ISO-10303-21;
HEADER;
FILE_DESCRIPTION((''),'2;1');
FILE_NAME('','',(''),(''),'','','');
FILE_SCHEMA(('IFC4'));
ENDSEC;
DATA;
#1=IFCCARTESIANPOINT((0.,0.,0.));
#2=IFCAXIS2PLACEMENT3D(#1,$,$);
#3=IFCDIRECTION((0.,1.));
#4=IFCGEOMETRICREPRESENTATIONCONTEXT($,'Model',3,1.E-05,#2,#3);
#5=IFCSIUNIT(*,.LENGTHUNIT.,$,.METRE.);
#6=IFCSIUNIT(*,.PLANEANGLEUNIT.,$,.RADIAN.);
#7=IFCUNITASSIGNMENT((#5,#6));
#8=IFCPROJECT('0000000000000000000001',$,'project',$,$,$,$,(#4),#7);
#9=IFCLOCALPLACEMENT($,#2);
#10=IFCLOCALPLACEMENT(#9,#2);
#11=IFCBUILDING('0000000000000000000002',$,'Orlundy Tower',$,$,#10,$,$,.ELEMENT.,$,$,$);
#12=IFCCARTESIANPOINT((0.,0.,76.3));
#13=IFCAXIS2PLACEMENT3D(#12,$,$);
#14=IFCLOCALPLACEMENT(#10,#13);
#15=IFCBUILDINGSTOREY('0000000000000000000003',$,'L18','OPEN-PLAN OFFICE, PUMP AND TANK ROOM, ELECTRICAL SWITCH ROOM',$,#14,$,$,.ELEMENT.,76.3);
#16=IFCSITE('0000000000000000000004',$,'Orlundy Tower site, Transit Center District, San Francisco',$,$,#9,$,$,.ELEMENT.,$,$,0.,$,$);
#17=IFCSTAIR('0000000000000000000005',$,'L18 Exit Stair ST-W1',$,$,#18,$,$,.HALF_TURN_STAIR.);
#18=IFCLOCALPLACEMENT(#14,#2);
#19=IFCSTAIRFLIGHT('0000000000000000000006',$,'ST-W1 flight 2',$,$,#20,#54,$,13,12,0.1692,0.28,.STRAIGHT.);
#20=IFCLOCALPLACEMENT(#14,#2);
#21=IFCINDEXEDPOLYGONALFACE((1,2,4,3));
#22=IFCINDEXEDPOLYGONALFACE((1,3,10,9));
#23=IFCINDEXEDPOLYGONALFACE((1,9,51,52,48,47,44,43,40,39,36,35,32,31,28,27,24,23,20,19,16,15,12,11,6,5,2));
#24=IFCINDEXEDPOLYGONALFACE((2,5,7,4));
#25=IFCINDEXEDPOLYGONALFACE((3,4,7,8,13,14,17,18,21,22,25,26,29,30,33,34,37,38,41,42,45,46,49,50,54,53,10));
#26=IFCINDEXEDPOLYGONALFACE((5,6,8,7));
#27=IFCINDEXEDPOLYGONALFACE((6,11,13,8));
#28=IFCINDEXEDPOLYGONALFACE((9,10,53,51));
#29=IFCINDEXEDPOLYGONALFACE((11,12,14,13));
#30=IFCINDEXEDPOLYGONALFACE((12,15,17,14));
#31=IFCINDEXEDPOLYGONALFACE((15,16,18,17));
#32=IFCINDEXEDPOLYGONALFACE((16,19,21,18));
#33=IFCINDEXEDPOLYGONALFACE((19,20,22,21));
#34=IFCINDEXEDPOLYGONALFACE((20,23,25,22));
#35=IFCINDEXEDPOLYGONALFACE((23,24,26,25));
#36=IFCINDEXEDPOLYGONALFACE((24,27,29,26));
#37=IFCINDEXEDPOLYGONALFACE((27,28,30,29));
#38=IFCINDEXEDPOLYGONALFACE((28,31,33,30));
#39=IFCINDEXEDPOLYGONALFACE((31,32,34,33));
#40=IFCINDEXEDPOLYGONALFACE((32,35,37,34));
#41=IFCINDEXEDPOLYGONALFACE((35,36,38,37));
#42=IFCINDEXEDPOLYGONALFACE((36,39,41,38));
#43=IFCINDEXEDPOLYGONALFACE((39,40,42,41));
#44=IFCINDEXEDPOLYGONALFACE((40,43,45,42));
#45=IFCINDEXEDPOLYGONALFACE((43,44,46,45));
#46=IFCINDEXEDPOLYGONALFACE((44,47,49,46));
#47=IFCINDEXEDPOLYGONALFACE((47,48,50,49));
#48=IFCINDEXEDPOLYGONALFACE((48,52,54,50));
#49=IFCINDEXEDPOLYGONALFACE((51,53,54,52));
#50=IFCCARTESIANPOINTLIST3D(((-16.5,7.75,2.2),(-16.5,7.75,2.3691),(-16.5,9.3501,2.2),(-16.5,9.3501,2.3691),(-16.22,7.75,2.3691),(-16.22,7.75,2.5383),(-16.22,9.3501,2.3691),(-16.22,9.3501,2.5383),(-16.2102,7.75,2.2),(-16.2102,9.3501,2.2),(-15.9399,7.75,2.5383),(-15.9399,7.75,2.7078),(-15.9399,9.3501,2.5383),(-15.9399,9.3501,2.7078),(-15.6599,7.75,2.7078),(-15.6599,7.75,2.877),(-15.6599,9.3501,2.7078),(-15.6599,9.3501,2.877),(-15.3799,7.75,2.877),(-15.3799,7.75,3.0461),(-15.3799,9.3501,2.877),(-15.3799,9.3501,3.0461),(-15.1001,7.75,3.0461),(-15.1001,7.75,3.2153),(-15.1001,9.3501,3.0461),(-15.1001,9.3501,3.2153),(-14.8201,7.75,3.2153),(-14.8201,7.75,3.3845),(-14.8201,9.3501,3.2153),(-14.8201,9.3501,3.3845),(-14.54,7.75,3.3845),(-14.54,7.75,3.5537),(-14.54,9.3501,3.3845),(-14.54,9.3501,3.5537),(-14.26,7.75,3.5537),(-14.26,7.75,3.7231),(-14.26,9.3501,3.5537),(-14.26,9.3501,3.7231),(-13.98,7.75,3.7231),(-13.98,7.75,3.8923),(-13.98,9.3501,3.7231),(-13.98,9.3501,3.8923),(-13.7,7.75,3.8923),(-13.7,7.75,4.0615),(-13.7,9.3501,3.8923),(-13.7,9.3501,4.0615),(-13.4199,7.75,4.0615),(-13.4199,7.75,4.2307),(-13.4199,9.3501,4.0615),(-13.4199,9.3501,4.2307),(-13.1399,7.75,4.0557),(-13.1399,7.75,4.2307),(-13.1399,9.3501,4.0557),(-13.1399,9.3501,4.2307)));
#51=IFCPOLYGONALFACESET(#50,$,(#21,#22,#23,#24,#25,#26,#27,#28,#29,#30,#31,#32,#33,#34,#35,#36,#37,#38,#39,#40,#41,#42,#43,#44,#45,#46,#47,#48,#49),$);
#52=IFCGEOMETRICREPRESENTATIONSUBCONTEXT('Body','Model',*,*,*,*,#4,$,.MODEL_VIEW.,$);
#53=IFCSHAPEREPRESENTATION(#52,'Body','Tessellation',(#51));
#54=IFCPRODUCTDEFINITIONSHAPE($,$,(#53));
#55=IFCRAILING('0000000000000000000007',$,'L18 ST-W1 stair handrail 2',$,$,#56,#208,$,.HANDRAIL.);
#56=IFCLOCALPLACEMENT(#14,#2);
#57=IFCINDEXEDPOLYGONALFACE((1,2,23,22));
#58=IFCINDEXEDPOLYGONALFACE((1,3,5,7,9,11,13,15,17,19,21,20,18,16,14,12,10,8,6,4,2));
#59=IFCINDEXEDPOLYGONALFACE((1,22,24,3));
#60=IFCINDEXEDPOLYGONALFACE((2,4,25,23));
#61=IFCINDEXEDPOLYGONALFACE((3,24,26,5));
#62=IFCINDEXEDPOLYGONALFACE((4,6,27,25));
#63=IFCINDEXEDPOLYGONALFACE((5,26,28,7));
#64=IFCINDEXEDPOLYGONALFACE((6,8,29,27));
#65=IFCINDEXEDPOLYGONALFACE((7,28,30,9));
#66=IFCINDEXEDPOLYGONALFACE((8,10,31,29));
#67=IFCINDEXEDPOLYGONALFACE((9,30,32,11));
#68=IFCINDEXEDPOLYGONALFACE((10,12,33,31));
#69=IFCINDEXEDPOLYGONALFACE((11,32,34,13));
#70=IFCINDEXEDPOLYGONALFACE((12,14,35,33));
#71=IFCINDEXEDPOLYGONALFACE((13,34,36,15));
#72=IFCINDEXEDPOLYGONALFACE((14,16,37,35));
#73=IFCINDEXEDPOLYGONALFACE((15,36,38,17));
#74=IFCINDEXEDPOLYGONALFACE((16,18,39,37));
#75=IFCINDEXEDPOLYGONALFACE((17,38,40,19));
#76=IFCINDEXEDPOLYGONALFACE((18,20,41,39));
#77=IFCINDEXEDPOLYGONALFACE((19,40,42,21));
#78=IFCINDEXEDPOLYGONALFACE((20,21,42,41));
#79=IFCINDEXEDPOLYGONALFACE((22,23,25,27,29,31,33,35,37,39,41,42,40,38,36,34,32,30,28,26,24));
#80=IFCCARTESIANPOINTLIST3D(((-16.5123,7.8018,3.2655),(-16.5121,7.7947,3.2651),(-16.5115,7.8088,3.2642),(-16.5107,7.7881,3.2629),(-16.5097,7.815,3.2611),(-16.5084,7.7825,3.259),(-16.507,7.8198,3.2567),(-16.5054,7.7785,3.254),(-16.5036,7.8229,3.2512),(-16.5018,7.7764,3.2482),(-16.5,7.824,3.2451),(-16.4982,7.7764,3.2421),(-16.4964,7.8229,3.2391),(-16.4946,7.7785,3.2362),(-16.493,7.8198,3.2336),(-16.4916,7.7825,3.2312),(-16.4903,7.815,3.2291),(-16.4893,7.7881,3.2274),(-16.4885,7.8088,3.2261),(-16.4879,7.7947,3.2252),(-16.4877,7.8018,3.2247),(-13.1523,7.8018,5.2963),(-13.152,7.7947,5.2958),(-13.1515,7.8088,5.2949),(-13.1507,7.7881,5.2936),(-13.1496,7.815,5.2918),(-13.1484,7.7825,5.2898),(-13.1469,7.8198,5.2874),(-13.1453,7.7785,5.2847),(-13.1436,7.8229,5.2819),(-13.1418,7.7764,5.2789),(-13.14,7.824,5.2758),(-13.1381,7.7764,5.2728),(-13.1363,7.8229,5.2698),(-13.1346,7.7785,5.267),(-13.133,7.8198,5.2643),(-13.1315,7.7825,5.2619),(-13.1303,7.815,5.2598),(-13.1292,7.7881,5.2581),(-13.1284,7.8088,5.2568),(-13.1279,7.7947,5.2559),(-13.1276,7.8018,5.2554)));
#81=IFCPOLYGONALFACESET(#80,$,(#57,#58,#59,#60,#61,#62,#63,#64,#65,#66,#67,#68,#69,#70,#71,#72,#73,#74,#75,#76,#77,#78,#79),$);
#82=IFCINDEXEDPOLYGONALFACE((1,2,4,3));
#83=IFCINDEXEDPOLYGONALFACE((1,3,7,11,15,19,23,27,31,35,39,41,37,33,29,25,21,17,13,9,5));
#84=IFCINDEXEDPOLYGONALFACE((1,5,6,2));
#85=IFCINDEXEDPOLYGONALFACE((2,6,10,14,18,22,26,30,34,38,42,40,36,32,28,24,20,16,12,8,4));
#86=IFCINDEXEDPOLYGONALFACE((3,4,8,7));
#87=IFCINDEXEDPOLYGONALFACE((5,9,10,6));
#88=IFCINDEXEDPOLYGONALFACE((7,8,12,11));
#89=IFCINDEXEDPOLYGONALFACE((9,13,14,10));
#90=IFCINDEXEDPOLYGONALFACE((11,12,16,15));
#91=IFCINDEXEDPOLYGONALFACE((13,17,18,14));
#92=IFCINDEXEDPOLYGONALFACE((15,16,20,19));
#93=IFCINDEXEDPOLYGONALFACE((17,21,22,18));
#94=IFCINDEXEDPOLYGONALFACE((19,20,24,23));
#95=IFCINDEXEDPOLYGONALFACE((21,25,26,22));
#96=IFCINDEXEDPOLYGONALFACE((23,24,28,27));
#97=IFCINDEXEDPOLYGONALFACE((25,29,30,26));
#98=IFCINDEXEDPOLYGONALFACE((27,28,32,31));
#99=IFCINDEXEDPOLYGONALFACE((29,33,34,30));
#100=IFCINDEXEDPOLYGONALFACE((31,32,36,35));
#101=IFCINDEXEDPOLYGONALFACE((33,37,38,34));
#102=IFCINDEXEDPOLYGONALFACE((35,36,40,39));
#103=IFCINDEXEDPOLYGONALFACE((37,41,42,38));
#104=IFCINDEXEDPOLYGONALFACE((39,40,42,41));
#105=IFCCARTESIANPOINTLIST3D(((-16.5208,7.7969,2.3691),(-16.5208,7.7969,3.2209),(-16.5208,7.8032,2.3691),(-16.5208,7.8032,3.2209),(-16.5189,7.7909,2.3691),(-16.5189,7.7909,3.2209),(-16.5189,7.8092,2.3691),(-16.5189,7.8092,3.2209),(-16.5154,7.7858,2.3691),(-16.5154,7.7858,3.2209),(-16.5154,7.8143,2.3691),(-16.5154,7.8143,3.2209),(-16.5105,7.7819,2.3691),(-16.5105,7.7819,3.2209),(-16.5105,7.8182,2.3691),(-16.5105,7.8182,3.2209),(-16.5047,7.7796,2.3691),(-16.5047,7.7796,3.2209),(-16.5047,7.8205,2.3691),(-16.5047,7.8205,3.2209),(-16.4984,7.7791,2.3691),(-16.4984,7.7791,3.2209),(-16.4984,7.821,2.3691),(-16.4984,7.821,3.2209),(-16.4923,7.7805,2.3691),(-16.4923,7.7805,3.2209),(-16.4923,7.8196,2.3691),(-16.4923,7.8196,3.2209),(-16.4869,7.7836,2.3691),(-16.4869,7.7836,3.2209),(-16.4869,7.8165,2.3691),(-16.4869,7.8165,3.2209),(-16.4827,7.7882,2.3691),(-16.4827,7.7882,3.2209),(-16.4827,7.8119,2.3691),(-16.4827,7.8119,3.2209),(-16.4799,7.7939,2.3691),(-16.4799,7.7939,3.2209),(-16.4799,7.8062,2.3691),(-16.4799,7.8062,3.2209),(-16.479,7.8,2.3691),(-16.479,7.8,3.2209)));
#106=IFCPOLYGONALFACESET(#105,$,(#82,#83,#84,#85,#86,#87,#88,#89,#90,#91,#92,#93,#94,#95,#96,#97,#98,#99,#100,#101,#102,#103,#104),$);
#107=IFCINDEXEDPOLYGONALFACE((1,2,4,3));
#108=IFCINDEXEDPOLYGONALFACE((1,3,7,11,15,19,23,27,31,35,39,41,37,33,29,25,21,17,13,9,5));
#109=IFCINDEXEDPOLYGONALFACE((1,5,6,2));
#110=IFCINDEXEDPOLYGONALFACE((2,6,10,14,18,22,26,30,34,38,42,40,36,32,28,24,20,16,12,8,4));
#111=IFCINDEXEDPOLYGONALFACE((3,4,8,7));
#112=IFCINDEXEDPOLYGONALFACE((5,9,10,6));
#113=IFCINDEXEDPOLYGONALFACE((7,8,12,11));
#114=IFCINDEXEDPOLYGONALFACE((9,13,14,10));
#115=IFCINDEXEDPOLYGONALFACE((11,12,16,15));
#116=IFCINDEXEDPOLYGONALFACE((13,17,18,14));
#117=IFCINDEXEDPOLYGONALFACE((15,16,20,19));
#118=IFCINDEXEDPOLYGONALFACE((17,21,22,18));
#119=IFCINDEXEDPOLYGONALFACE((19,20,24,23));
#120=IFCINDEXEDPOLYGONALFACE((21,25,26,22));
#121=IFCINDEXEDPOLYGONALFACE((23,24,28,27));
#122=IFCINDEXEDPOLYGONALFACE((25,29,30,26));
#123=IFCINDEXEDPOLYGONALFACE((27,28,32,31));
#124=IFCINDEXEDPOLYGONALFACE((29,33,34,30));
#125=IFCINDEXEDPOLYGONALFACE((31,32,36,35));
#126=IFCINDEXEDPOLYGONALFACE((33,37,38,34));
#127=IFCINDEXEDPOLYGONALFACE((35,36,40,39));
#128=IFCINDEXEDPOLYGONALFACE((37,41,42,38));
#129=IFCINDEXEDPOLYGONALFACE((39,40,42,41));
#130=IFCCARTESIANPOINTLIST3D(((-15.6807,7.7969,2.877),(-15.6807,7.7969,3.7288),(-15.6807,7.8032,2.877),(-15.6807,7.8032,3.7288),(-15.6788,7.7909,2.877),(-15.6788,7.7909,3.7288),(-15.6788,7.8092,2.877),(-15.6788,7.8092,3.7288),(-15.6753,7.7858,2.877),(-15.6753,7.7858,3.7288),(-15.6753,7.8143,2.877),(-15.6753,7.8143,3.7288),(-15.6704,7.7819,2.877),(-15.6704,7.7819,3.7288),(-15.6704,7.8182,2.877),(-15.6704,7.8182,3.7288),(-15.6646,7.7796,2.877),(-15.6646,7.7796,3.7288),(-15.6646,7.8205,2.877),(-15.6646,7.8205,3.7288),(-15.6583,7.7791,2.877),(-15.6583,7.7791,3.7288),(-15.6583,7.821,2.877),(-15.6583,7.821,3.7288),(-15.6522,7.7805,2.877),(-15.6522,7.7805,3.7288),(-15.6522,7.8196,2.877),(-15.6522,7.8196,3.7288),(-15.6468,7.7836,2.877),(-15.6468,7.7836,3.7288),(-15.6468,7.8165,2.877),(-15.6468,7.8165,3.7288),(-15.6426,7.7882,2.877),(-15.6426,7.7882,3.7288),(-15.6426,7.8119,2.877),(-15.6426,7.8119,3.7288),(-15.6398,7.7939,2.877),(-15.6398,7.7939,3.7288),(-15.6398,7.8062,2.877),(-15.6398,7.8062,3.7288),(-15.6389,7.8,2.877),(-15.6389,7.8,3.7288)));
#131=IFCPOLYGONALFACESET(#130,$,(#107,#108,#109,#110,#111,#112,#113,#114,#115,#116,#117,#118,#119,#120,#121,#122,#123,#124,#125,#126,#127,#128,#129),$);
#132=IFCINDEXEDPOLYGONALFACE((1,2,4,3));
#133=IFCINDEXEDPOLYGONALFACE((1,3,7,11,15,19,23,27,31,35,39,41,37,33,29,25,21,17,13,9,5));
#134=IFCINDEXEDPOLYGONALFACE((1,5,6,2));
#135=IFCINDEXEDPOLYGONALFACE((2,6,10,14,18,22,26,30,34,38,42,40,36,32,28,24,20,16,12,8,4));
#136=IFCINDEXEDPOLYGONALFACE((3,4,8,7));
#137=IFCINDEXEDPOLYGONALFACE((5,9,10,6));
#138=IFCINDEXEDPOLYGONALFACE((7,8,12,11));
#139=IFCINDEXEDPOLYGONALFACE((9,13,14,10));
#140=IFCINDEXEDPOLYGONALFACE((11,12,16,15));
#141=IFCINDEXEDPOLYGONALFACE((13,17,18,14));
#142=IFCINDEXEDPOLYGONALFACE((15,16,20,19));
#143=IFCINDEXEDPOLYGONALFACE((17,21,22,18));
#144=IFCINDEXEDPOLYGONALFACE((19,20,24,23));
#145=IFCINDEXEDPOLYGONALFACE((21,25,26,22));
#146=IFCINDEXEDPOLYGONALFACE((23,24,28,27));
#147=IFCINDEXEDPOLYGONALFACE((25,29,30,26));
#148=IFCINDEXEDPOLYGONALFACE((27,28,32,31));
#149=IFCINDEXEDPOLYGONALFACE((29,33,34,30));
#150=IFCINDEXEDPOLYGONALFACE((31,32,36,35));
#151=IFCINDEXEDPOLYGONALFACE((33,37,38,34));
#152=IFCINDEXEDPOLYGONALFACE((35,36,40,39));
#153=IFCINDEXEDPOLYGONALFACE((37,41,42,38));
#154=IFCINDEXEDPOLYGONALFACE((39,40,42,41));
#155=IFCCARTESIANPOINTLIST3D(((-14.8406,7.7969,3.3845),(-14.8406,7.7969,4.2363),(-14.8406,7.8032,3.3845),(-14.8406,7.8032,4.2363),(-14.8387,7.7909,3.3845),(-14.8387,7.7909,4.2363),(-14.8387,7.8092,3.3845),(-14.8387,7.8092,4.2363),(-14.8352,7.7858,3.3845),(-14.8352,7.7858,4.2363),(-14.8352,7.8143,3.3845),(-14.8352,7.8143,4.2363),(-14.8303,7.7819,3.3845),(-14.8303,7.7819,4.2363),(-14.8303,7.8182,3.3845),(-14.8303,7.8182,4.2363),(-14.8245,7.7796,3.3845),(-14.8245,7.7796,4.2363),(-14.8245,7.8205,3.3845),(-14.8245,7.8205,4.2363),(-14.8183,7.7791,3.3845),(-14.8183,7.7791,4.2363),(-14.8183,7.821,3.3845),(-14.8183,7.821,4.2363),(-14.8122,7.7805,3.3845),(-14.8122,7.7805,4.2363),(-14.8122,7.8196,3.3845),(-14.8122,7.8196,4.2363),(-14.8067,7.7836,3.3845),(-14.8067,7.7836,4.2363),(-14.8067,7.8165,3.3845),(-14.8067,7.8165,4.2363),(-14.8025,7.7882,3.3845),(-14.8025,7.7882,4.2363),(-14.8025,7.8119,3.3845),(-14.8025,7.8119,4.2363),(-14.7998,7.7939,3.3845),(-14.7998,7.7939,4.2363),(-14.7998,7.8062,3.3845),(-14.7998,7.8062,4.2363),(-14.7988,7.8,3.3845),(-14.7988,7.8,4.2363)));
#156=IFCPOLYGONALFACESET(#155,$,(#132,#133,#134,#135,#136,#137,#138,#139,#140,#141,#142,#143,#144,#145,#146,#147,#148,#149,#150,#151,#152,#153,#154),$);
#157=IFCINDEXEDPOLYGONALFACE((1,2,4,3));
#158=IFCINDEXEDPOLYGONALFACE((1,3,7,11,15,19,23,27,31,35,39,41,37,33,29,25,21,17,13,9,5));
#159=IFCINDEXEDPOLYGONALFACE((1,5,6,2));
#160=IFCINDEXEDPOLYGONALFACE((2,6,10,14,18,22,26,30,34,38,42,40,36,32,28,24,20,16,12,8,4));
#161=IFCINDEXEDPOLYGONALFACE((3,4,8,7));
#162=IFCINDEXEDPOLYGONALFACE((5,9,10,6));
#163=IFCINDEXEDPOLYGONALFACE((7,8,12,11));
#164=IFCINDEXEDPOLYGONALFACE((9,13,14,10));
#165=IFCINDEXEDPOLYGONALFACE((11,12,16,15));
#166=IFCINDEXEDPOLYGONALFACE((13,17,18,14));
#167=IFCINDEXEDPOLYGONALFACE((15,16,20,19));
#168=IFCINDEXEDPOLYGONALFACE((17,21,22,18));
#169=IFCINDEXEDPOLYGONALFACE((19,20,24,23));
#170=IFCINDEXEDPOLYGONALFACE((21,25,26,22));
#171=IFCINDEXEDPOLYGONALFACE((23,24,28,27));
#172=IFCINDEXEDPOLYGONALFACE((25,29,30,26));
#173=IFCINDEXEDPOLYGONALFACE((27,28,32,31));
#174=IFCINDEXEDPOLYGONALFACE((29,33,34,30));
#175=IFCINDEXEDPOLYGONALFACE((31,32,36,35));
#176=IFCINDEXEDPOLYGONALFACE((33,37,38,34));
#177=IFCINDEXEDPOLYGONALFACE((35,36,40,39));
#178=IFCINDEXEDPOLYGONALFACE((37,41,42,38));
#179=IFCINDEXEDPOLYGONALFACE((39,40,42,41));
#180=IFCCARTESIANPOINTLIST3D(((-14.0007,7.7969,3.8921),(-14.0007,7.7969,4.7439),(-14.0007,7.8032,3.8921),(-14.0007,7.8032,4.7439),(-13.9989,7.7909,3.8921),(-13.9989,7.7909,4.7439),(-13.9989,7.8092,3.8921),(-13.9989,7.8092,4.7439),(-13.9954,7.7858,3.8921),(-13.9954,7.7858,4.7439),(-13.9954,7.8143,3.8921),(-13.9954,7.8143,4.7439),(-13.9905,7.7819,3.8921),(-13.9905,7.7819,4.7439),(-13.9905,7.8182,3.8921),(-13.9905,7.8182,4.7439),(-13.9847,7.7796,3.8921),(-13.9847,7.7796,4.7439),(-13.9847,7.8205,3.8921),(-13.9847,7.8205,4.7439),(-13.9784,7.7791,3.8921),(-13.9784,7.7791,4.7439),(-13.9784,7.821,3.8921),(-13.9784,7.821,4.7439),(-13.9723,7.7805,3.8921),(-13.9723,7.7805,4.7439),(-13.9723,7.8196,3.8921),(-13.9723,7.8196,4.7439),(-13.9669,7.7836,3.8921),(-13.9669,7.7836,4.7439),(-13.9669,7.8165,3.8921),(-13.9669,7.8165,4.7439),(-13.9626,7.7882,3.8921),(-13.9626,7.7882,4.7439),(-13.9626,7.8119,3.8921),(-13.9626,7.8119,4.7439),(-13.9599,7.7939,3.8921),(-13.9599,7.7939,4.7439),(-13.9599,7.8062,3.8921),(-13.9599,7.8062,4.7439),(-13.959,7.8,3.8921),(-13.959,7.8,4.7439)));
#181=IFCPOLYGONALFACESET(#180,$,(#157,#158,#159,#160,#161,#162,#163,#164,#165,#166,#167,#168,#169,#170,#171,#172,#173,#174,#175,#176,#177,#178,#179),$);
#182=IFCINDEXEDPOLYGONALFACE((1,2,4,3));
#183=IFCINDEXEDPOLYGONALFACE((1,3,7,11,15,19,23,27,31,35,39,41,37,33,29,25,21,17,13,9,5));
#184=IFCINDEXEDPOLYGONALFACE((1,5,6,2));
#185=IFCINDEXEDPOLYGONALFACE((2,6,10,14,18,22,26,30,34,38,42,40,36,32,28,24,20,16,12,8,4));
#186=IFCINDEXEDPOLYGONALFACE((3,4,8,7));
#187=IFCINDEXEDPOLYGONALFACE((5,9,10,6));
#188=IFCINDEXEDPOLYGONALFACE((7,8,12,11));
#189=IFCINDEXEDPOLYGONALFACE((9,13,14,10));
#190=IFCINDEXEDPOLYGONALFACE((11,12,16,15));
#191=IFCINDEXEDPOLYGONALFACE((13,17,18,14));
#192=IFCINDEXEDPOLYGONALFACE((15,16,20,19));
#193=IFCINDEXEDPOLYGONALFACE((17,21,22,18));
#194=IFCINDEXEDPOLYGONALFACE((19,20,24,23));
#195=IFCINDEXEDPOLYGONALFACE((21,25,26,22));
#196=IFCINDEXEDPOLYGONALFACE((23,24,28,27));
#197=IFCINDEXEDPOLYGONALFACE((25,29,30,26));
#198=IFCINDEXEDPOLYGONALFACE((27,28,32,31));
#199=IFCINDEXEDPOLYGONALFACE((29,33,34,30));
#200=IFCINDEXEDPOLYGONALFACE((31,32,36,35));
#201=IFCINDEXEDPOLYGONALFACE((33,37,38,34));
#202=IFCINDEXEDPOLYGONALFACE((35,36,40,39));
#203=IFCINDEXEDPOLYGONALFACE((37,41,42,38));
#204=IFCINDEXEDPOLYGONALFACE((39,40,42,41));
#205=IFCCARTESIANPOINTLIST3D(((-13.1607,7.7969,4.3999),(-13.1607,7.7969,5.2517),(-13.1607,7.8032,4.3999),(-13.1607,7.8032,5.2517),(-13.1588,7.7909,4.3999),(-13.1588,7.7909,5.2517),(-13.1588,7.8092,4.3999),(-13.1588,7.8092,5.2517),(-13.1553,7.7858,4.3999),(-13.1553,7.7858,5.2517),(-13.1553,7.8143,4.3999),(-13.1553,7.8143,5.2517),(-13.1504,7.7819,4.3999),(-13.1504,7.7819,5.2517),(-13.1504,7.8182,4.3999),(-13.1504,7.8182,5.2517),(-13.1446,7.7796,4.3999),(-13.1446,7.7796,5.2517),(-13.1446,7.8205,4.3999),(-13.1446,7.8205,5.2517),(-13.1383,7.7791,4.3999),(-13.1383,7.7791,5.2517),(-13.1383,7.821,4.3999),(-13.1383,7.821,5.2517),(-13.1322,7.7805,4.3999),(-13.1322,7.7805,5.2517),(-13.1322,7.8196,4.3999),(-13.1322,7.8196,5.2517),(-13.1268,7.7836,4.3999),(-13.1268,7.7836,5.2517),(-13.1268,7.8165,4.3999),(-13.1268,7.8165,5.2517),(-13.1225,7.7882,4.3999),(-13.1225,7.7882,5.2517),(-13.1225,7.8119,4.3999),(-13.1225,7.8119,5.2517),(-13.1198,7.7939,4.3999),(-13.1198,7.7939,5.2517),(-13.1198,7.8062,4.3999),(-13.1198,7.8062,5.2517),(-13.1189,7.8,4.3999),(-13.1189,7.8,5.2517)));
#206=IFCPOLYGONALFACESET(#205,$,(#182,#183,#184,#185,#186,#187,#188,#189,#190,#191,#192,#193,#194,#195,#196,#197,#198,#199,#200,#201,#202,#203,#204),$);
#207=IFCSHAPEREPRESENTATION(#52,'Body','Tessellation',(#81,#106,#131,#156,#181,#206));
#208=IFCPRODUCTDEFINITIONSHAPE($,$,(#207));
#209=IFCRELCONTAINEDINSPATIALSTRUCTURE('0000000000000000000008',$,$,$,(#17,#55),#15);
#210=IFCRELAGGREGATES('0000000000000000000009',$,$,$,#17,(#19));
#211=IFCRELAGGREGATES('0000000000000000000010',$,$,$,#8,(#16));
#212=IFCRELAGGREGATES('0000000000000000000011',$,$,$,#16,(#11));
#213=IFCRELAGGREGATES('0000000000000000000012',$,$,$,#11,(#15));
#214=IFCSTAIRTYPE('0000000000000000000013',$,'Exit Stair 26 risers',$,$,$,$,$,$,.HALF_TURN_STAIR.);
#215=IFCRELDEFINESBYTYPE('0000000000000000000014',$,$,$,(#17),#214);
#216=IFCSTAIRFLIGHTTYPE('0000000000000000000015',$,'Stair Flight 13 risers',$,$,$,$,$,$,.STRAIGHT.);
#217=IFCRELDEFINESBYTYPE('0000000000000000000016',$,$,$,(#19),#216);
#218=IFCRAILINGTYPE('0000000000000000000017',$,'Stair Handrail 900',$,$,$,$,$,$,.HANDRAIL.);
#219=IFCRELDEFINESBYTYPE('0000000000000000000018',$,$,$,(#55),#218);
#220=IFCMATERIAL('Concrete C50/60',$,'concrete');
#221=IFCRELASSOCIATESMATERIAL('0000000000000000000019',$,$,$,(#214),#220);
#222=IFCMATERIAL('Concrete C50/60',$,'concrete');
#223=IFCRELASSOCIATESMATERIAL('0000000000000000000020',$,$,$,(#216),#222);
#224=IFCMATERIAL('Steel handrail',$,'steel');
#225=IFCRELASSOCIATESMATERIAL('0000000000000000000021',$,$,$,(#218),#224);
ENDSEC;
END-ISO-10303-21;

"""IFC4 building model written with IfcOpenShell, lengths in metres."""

from ifc_helpers import new_model, si_unit, direction, frame, origin, origin_2d, place, context, subcontext, project, spatial, polyline, circle, outline, extrude, material, type_object, element, aggregate, save


model = new_model("IFC4")

# Units and contexts
model_context = context("Model", 3, precision=1e-05, world=origin(), true_north=direction((0.0, 1.0)))
body_context = subcontext(model_context, "Body", "Model", "MODEL_VIEW")
ifc_project = project(units=[si_unit("LENGTHUNIT", "METRE"), si_unit("PLANEANGLEUNIT", "RADIAN")], contexts=[model_context])

# Site, building, storey
site_placement = place(None, origin())
site = spatial("IfcSite", under=ifc_project, at=site_placement, Name="Orlundy Tower site, Transit Center District, San Francisco", CompositionType="ELEMENT", RefElevation=0.0)
building_placement = place(site_placement, origin())
building = spatial("IfcBuilding", under=site, at=building_placement, Name="Orlundy Tower", CompositionType="ELEMENT")
storey_placement = place(building_placement, frame((0.0, 0.0, 76.3)))
storey = spatial("IfcBuildingStorey", under=building, at=storey_placement, Name="L18", Description="OPEN-PLAN OFFICE, PUMP AND TANK ROOM, ELECTRICAL SWITCH ROOM", CompositionType="ELEMENT", Elevation=76.3)

# Stair, stair flight
ifc_material_1 = material(Name="Concrete C50/60", Category="concrete")
stair_type = type_object("IfcStairType", Name="Exit Stair 26 risers", PredefinedType="HALF_TURN_STAIR", material=ifc_material_1)
stair_placement = place(storey_placement, origin())
stair = element("IfcStair", 1, at=stair_placement, inside=storey, type_object=stair_type, Name="L18 Exit Stair ST-W1", PredefinedType="HALF_TURN_STAIR")
ifc_material_2 = material(Name="Concrete C50/60", Category="concrete")
stair_flight_type = type_object("IfcStairFlightType", Name="Stair Flight 13 risers", PredefinedType="STRAIGHT", material=ifc_material_2)
stair_flight_placement = place(storey_placement, frame((-16.5, 8.55, 2.2), z_axis=(0.0, 0.0, 1.0), x_axis=(1.0, 0.0, 0.0)))
stair_flight = element("IfcStairFlight", 2, at=stair_flight_placement, type_object=stair_flight_type, Name="ST-W1 flight 2", NumberOfRisers=13, NumberOfTreads=12, PredefinedType="STRAIGHT", RiserHeight=0.1692, TreadLength=0.28, context=body_context, shape_type="SweptSolid", body=[
    extrude(outline(polyline([(0.0, 0.0), (0.0, 0.1692), (0.28, 0.1692), (0.28, 0.3384), (0.5601, 0.3384), (0.5601, 0.5078), (0.8401, 0.5078), (0.8401, 0.677), (1.1201, 0.677), (1.1201, 0.8462), (1.3999, 0.8462), (1.3999, 1.0154), (1.6799, 1.0154), (1.6799, 1.1846), (1.96, 1.1846), (1.96, 1.3538), (2.24, 1.3538), (2.24, 1.5232), (2.52, 1.5232), (2.52, 1.6924), (2.8, 1.6924), (2.8, 1.8616), (3.0801, 1.8616), (3.0801, 2.0308), (3.3601, 2.0308), (3.3601, 2.2), (3.3601, 1.8557), (0.2898, 0.0), (0.0, 0.0)])), frame((0.0, 0.8, 0.0), z_axis=(0.0, -1.0, 0.0), x_axis=(1.0, 0.0, 0.0)), (0.0, 0.0, 1.0), 1.6001),
])
aggregate(stair, [stair_flight])

# Railing
ifc_material_3 = material(Name="Steel handrail", Category="steel")
railing_type = type_object("IfcRailingType", Name="Stair Handrail 900", PredefinedType="HANDRAIL", material=ifc_material_3)
railing_placement = place(storey_placement, frame((-16.5, 7.8, 2.3691)))
element("IfcRailing", 3, at=railing_placement, inside=storey, type_object=railing_type, Name="L18 ST-W1 stair handrail 2", PredefinedType="HANDRAIL", context=body_context, shape_type="SweptSolid", body=[
    extrude(circle(Radius=0.0239, at=origin_2d()), frame((0.0, 0.0, 0.876), z_axis=(0.855837, 0.0, 0.517246), x_axis=(0.0, 1.0, 0.0)), (0.0, 0.0, 1.0), 3.926),
    extrude(circle(Radius=0.021, at=origin_2d()), origin(), (0.0, 0.0, 1.0), 0.8518),
    extrude(circle(Radius=0.021, at=origin_2d()), frame((0.8401, 0.0, 0.5078)), (0.0, 0.0, 1.0), 0.8518),
    extrude(circle(Radius=0.021, at=origin_2d()), frame((1.6802, 0.0, 1.0154)), (0.0, 0.0, 1.0), 0.8518),
    extrude(circle(Radius=0.021, at=origin_2d()), frame((2.52, 0.0, 1.5229)), (0.0, 0.0, 1.0), 0.8518),
    extrude(circle(Radius=0.021, at=origin_2d()), frame((3.3601, 0.0, 2.0308)), (0.0, 0.0, 1.0), 0.8518),
])

save(model, "model.ifc")
